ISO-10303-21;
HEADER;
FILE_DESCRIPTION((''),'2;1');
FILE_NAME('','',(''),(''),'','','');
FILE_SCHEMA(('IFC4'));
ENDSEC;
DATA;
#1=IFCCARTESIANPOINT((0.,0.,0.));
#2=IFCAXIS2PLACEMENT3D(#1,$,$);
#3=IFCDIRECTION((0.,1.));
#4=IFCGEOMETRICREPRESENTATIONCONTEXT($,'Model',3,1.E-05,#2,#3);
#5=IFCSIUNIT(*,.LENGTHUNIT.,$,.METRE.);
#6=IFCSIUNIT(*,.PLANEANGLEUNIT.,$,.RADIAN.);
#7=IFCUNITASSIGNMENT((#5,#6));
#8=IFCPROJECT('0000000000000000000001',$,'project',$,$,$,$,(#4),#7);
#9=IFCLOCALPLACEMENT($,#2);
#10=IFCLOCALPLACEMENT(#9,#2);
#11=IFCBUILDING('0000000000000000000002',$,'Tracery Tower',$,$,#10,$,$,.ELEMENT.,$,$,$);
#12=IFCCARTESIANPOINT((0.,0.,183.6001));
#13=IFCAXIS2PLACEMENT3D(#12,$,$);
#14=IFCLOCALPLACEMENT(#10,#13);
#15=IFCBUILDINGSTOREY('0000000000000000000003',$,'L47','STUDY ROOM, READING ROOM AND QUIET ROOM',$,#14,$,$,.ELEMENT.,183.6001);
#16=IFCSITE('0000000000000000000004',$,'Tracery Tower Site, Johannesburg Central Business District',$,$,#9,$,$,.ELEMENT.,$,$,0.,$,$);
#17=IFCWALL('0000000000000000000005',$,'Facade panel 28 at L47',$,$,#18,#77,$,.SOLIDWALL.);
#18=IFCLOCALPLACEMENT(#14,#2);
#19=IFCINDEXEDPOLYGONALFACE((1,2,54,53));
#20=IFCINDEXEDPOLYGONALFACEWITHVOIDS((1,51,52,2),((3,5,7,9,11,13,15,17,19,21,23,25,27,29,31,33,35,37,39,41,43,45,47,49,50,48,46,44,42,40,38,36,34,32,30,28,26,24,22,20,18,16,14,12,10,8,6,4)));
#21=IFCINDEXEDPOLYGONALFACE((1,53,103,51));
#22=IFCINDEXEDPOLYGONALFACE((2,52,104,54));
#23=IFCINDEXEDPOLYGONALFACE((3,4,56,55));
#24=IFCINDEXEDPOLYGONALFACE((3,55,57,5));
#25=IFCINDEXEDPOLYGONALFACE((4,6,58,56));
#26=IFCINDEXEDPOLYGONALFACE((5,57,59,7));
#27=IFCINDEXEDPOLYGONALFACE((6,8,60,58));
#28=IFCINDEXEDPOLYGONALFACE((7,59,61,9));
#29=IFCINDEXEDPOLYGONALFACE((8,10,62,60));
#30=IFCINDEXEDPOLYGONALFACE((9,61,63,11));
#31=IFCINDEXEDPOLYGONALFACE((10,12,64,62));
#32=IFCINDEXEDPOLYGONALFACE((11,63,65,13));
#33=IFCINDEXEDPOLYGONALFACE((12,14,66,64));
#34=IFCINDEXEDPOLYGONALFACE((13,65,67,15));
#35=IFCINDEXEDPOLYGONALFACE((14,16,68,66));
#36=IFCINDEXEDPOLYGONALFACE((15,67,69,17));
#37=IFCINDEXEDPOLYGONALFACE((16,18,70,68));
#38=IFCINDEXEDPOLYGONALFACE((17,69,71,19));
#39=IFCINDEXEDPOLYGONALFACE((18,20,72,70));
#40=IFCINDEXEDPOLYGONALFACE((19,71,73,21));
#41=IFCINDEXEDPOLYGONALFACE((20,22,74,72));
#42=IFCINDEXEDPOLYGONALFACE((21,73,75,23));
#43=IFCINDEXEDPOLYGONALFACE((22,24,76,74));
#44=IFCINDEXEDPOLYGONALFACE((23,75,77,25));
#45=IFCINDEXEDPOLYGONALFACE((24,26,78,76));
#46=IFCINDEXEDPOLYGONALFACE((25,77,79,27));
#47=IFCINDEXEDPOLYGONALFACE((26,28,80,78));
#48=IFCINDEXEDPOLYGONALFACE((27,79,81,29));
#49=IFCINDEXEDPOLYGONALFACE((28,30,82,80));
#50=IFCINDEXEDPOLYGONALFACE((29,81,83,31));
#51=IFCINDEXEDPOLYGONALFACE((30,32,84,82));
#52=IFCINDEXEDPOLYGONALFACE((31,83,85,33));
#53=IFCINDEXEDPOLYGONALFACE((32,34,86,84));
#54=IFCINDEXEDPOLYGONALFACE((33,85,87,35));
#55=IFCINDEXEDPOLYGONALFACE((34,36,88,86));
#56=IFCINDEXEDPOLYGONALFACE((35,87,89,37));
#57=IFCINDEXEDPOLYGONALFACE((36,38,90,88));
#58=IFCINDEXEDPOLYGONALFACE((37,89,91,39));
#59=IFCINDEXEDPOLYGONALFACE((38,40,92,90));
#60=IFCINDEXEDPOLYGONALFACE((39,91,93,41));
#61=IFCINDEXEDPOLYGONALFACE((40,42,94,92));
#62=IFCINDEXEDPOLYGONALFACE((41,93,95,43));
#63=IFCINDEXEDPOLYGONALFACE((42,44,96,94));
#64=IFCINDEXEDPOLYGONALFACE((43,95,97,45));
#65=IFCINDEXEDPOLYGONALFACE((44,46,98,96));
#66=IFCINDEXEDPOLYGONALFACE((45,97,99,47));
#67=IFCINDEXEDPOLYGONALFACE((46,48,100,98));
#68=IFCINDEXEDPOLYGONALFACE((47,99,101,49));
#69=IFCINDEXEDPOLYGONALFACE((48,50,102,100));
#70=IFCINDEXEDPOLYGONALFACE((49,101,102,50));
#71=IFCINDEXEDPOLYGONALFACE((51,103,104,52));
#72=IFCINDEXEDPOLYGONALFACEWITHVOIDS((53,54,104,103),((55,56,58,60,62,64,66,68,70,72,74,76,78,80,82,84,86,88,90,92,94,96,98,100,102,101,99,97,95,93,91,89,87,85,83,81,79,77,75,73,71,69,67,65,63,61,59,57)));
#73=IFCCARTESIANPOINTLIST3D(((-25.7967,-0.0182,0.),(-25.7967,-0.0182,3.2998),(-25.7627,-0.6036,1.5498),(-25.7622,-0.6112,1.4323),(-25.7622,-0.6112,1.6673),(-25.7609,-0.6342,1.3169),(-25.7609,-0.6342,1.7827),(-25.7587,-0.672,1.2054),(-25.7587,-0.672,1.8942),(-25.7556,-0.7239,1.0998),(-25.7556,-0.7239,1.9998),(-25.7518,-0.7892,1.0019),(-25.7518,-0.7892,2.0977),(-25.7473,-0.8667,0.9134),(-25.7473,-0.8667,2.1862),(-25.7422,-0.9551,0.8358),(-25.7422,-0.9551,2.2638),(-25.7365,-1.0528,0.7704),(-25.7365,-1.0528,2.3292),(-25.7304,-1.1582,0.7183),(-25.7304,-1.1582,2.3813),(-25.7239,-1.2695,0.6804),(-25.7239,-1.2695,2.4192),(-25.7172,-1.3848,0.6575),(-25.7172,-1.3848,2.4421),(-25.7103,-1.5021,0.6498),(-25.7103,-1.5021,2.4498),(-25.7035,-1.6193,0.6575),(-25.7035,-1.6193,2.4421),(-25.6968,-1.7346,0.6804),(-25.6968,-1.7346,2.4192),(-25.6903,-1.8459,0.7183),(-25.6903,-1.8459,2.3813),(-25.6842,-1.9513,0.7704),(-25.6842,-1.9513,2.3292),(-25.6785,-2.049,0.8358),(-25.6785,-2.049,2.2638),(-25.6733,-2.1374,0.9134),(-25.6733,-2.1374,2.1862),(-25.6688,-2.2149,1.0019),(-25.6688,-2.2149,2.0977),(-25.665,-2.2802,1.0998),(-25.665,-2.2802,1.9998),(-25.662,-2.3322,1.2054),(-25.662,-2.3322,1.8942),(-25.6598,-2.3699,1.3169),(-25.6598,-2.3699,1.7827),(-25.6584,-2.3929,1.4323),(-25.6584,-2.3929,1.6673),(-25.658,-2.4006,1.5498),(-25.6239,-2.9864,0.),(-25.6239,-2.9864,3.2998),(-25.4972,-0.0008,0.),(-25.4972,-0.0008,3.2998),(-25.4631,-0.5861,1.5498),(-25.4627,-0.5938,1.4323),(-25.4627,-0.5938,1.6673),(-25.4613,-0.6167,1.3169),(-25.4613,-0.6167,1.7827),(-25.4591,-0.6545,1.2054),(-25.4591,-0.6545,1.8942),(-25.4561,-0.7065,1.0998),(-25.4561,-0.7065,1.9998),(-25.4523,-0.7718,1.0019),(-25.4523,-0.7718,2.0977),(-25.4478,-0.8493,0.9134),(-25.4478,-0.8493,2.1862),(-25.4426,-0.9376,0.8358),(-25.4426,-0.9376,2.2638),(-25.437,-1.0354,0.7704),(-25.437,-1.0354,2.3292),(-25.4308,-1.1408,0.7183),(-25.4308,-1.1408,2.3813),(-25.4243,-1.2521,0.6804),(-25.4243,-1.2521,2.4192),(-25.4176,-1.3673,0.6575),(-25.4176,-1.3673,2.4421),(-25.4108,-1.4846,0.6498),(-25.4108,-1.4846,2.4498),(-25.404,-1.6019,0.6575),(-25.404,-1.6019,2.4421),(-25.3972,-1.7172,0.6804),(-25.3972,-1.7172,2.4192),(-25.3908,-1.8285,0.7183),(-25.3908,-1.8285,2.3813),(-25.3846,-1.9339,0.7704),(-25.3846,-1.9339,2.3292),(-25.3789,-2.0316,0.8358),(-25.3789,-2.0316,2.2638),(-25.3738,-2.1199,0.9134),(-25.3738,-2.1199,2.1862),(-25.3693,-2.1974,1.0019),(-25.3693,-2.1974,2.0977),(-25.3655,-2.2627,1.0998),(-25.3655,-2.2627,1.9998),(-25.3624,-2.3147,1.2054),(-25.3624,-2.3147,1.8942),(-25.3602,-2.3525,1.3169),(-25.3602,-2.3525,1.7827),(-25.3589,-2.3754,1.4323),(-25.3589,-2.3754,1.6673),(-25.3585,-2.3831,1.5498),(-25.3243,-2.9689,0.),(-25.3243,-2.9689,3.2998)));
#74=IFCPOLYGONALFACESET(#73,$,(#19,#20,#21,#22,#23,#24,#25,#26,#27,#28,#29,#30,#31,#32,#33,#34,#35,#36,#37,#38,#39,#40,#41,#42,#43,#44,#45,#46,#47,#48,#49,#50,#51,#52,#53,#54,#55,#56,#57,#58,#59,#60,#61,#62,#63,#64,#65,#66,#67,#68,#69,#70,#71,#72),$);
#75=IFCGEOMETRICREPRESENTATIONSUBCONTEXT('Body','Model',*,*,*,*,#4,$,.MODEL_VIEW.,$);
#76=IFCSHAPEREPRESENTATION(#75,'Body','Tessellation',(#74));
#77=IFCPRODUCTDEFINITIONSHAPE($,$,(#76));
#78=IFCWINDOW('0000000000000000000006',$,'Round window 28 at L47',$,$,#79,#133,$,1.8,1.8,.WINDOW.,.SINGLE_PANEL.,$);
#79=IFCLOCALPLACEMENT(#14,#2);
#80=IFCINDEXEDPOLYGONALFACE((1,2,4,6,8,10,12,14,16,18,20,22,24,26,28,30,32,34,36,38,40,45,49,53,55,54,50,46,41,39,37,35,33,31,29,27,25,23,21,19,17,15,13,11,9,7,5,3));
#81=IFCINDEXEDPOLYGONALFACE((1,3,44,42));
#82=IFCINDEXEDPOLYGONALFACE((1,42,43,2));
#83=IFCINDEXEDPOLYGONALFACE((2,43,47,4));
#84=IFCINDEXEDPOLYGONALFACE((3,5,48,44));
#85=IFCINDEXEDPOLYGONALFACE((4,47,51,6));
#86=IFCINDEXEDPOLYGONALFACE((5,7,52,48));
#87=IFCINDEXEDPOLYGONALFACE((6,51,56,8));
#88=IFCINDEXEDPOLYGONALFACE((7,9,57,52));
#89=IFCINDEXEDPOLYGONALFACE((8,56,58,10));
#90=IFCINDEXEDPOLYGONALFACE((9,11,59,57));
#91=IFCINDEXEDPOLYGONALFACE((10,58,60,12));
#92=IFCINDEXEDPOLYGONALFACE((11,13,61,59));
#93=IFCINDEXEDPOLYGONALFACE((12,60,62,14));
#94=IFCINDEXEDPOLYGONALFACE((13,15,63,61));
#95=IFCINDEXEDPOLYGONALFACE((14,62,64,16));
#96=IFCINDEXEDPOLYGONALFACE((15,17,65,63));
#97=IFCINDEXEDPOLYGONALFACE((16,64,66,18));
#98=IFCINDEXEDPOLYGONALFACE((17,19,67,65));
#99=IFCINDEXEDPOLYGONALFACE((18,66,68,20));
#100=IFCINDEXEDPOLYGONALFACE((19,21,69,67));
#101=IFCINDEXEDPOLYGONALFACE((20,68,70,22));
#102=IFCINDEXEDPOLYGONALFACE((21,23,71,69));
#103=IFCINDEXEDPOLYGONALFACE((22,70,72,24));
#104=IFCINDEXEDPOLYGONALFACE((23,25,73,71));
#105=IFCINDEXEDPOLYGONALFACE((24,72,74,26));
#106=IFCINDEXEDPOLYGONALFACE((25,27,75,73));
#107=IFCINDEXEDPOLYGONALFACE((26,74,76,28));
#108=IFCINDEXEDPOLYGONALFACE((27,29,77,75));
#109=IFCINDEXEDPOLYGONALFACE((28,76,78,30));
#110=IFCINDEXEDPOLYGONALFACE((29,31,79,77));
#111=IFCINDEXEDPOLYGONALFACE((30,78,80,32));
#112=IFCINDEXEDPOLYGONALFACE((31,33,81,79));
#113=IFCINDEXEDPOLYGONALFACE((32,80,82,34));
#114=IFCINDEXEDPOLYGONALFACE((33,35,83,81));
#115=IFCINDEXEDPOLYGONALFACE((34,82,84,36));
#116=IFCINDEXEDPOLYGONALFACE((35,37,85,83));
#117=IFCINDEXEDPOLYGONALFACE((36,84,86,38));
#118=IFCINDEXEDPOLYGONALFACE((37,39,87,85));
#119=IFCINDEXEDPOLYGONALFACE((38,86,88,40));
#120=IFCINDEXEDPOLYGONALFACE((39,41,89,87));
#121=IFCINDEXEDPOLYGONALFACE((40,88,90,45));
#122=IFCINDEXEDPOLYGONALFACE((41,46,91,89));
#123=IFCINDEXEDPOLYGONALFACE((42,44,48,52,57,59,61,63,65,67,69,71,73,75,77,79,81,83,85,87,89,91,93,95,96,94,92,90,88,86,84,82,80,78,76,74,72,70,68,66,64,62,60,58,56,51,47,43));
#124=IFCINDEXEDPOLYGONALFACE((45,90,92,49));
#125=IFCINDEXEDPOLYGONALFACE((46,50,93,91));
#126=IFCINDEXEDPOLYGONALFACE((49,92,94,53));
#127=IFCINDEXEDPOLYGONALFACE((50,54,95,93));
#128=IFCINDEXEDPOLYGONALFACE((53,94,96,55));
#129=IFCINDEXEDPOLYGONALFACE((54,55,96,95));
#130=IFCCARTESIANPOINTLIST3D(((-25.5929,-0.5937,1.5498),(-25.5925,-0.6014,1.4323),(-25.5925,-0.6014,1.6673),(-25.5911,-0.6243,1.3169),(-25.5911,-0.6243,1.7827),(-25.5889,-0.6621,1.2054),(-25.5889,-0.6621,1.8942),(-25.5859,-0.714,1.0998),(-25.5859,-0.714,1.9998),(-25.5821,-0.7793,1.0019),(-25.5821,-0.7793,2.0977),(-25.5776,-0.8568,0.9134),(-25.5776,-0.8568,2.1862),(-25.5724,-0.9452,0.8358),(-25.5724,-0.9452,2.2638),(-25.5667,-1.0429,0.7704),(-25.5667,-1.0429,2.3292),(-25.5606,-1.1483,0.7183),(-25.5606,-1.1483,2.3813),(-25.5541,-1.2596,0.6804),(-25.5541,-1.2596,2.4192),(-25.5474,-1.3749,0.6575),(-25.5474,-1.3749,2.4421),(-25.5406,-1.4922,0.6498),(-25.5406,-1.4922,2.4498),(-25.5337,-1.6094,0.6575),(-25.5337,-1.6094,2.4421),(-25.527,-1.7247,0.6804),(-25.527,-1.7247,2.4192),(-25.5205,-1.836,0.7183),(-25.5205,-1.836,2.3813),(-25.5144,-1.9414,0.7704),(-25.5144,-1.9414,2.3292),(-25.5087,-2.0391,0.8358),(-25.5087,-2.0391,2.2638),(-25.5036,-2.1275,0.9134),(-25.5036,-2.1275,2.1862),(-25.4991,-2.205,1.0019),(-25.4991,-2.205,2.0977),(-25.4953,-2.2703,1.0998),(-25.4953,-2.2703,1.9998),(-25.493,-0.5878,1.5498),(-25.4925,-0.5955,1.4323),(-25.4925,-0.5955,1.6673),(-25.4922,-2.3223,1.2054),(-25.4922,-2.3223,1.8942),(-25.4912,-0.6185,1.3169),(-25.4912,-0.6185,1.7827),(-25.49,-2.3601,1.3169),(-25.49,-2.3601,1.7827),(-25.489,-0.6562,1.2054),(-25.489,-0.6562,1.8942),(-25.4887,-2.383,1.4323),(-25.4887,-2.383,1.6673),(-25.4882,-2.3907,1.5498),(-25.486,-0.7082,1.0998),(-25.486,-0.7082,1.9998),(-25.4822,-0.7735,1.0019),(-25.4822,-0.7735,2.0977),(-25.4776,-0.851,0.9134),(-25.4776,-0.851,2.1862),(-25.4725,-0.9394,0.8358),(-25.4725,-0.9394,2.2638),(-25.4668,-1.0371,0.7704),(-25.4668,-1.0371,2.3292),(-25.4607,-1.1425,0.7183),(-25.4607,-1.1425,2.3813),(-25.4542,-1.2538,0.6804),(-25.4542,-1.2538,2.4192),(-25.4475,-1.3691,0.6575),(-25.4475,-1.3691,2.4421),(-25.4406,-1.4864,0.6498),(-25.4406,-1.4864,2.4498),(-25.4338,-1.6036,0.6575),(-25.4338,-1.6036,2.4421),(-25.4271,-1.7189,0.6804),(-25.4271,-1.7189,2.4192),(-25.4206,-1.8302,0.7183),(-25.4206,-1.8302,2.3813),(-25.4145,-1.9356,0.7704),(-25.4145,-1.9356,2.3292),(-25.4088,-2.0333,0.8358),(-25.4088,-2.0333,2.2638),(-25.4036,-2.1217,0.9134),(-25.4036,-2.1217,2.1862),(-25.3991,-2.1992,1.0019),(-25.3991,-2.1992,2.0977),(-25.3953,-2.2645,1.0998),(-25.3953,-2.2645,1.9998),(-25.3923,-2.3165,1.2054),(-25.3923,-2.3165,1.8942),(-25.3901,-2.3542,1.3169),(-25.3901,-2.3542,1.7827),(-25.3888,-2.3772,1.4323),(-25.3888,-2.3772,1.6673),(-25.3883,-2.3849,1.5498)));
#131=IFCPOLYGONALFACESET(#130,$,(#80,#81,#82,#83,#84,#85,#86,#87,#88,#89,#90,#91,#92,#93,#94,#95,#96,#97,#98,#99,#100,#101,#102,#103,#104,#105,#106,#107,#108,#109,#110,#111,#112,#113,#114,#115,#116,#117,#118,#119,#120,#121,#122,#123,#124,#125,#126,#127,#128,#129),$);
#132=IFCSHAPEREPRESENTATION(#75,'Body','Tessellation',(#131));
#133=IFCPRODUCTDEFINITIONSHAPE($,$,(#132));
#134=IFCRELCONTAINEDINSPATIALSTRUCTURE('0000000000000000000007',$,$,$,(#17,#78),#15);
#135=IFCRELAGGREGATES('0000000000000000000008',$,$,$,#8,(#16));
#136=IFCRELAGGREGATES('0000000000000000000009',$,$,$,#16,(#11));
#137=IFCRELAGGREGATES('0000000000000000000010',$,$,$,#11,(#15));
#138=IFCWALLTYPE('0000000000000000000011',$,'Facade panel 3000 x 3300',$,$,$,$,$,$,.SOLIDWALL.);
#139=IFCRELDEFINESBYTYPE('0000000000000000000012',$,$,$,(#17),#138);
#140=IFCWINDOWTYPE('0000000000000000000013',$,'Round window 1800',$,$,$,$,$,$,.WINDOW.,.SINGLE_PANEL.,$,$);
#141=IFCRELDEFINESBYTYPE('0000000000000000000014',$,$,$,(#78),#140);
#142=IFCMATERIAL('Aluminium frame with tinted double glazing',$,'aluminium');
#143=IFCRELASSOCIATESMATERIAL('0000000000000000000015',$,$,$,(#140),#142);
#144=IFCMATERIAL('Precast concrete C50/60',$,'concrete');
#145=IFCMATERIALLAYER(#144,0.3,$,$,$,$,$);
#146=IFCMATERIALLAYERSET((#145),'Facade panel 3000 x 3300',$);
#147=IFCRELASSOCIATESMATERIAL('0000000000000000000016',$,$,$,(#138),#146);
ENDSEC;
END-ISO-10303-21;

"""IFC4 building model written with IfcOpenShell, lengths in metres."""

from ifc_helpers import new_model, si_unit, direction, frame, frame_2d, origin, origin_2d, place, context, subcontext, project, spatial, rectangle, circle, extrude, material, layer, layer_set, type_object, element, fill, save


model = new_model("IFC4")

# Units and contexts
model_context = context("Model", 3, precision=1e-05, world=origin(), true_north=direction((0.0, 1.0)))
body_context = subcontext(model_context, "Body", "Model", "MODEL_VIEW")
ifc_project = project(units=[si_unit("LENGTHUNIT", "METRE"), si_unit("PLANEANGLEUNIT", "RADIAN")], contexts=[model_context])

# Site, building, storey
site_placement = place(None, origin())
site = spatial("IfcSite", under=ifc_project, at=site_placement, Name="Tracery Tower Site, Johannesburg Central Business District", CompositionType="ELEMENT", RefElevation=0.0)
building_placement = place(site_placement, origin())
building = spatial("IfcBuilding", under=site, at=building_placement, Name="Tracery Tower", CompositionType="ELEMENT")
storey_placement = place(building_placement, frame((0.0, 0.0, 183.6001)))
storey = spatial("IfcBuildingStorey", under=building, at=storey_placement, Name="L47", Description="STUDY ROOM, READING ROOM AND QUIET ROOM", CompositionType="ELEMENT", Elevation=183.6001)

# Wall, opening, window
ifc_material_1 = material(Name="Aluminium frame with tinted double glazing", Category="aluminium")
window_type = type_object("IfcWindowType", Name="Round window 1800", PartitioningType="SINGLE_PANEL", PredefinedType="WINDOW", material=ifc_material_1)
ifc_material_2 = material(Name="Precast concrete C50/60", Category="concrete")
ifc_layer_1 = layer(ifc_material_2, 0.3)
ifc_layer_set_1 = layer_set([ifc_layer_1], Name="Facade panel 3000 x 3300")
wall_type_1 = type_object("IfcWallType", Name="Facade panel 3000 x 3300", PredefinedType="SOLIDWALL", material=ifc_layer_set_1)
wall_1_placement = place(storey_placement, frame((-25.647, -0.0095, 0.0), z_axis=(0.0, 0.0, 1.0), x_axis=(0.05814, -0.998308, 0.0)))
wall_1 = element("IfcWall", 1, at=wall_1_placement, inside=storey, type_object=wall_type_1, Name="Facade panel 28 at L47", PredefinedType="SOLIDWALL", context=body_context, shape_type="SweptSolid", body=[
    extrude(rectangle(XDim=2.9731, YDim=0.3, at=frame_2d((1.4866, 0.0))), origin(), (0.0, 0.0, 1.0), 3.2998),
])
opening_1_placement = place(wall_1_placement, frame((1.4863, 0.0, 1.5498)))
opening_1 = element("IfcOpeningElement", 2, at=opening_1_placement, cuts=wall_1, PredefinedType="OPENING", context=body_context, shape_type="SweptSolid", body=[
    extrude(circle(Radius=0.9, at=origin_2d()), frame((0.0, 0.1599, 0.0), z_axis=(0.0, -1.0, 0.0), x_axis=(1.0, 0.0, 0.0)), (0.0, 0.0, 1.0), 0.3201),
])
window_1_placement = place(opening_1_placement, origin())
window_1 = element("IfcWindow", 3, at=window_1_placement, inside=storey, type_object=window_type, Name="Round window 28 at L47", OverallHeight=1.8, OverallWidth=1.8, PartitioningType="SINGLE_PANEL", PredefinedType="WINDOW", context=body_context, shape_type="SweptSolid", body=[
    extrude(circle(Radius=0.9, at=origin_2d()), frame((0.0, 0.1201, 0.0), z_axis=(0.0, -1.0, 0.0), x_axis=(1.0, 0.0, 0.0)), (0.0, 0.0, 1.0), 0.1001),
])
fill(opening_1, window_1)

save(model, "model.ifc")
